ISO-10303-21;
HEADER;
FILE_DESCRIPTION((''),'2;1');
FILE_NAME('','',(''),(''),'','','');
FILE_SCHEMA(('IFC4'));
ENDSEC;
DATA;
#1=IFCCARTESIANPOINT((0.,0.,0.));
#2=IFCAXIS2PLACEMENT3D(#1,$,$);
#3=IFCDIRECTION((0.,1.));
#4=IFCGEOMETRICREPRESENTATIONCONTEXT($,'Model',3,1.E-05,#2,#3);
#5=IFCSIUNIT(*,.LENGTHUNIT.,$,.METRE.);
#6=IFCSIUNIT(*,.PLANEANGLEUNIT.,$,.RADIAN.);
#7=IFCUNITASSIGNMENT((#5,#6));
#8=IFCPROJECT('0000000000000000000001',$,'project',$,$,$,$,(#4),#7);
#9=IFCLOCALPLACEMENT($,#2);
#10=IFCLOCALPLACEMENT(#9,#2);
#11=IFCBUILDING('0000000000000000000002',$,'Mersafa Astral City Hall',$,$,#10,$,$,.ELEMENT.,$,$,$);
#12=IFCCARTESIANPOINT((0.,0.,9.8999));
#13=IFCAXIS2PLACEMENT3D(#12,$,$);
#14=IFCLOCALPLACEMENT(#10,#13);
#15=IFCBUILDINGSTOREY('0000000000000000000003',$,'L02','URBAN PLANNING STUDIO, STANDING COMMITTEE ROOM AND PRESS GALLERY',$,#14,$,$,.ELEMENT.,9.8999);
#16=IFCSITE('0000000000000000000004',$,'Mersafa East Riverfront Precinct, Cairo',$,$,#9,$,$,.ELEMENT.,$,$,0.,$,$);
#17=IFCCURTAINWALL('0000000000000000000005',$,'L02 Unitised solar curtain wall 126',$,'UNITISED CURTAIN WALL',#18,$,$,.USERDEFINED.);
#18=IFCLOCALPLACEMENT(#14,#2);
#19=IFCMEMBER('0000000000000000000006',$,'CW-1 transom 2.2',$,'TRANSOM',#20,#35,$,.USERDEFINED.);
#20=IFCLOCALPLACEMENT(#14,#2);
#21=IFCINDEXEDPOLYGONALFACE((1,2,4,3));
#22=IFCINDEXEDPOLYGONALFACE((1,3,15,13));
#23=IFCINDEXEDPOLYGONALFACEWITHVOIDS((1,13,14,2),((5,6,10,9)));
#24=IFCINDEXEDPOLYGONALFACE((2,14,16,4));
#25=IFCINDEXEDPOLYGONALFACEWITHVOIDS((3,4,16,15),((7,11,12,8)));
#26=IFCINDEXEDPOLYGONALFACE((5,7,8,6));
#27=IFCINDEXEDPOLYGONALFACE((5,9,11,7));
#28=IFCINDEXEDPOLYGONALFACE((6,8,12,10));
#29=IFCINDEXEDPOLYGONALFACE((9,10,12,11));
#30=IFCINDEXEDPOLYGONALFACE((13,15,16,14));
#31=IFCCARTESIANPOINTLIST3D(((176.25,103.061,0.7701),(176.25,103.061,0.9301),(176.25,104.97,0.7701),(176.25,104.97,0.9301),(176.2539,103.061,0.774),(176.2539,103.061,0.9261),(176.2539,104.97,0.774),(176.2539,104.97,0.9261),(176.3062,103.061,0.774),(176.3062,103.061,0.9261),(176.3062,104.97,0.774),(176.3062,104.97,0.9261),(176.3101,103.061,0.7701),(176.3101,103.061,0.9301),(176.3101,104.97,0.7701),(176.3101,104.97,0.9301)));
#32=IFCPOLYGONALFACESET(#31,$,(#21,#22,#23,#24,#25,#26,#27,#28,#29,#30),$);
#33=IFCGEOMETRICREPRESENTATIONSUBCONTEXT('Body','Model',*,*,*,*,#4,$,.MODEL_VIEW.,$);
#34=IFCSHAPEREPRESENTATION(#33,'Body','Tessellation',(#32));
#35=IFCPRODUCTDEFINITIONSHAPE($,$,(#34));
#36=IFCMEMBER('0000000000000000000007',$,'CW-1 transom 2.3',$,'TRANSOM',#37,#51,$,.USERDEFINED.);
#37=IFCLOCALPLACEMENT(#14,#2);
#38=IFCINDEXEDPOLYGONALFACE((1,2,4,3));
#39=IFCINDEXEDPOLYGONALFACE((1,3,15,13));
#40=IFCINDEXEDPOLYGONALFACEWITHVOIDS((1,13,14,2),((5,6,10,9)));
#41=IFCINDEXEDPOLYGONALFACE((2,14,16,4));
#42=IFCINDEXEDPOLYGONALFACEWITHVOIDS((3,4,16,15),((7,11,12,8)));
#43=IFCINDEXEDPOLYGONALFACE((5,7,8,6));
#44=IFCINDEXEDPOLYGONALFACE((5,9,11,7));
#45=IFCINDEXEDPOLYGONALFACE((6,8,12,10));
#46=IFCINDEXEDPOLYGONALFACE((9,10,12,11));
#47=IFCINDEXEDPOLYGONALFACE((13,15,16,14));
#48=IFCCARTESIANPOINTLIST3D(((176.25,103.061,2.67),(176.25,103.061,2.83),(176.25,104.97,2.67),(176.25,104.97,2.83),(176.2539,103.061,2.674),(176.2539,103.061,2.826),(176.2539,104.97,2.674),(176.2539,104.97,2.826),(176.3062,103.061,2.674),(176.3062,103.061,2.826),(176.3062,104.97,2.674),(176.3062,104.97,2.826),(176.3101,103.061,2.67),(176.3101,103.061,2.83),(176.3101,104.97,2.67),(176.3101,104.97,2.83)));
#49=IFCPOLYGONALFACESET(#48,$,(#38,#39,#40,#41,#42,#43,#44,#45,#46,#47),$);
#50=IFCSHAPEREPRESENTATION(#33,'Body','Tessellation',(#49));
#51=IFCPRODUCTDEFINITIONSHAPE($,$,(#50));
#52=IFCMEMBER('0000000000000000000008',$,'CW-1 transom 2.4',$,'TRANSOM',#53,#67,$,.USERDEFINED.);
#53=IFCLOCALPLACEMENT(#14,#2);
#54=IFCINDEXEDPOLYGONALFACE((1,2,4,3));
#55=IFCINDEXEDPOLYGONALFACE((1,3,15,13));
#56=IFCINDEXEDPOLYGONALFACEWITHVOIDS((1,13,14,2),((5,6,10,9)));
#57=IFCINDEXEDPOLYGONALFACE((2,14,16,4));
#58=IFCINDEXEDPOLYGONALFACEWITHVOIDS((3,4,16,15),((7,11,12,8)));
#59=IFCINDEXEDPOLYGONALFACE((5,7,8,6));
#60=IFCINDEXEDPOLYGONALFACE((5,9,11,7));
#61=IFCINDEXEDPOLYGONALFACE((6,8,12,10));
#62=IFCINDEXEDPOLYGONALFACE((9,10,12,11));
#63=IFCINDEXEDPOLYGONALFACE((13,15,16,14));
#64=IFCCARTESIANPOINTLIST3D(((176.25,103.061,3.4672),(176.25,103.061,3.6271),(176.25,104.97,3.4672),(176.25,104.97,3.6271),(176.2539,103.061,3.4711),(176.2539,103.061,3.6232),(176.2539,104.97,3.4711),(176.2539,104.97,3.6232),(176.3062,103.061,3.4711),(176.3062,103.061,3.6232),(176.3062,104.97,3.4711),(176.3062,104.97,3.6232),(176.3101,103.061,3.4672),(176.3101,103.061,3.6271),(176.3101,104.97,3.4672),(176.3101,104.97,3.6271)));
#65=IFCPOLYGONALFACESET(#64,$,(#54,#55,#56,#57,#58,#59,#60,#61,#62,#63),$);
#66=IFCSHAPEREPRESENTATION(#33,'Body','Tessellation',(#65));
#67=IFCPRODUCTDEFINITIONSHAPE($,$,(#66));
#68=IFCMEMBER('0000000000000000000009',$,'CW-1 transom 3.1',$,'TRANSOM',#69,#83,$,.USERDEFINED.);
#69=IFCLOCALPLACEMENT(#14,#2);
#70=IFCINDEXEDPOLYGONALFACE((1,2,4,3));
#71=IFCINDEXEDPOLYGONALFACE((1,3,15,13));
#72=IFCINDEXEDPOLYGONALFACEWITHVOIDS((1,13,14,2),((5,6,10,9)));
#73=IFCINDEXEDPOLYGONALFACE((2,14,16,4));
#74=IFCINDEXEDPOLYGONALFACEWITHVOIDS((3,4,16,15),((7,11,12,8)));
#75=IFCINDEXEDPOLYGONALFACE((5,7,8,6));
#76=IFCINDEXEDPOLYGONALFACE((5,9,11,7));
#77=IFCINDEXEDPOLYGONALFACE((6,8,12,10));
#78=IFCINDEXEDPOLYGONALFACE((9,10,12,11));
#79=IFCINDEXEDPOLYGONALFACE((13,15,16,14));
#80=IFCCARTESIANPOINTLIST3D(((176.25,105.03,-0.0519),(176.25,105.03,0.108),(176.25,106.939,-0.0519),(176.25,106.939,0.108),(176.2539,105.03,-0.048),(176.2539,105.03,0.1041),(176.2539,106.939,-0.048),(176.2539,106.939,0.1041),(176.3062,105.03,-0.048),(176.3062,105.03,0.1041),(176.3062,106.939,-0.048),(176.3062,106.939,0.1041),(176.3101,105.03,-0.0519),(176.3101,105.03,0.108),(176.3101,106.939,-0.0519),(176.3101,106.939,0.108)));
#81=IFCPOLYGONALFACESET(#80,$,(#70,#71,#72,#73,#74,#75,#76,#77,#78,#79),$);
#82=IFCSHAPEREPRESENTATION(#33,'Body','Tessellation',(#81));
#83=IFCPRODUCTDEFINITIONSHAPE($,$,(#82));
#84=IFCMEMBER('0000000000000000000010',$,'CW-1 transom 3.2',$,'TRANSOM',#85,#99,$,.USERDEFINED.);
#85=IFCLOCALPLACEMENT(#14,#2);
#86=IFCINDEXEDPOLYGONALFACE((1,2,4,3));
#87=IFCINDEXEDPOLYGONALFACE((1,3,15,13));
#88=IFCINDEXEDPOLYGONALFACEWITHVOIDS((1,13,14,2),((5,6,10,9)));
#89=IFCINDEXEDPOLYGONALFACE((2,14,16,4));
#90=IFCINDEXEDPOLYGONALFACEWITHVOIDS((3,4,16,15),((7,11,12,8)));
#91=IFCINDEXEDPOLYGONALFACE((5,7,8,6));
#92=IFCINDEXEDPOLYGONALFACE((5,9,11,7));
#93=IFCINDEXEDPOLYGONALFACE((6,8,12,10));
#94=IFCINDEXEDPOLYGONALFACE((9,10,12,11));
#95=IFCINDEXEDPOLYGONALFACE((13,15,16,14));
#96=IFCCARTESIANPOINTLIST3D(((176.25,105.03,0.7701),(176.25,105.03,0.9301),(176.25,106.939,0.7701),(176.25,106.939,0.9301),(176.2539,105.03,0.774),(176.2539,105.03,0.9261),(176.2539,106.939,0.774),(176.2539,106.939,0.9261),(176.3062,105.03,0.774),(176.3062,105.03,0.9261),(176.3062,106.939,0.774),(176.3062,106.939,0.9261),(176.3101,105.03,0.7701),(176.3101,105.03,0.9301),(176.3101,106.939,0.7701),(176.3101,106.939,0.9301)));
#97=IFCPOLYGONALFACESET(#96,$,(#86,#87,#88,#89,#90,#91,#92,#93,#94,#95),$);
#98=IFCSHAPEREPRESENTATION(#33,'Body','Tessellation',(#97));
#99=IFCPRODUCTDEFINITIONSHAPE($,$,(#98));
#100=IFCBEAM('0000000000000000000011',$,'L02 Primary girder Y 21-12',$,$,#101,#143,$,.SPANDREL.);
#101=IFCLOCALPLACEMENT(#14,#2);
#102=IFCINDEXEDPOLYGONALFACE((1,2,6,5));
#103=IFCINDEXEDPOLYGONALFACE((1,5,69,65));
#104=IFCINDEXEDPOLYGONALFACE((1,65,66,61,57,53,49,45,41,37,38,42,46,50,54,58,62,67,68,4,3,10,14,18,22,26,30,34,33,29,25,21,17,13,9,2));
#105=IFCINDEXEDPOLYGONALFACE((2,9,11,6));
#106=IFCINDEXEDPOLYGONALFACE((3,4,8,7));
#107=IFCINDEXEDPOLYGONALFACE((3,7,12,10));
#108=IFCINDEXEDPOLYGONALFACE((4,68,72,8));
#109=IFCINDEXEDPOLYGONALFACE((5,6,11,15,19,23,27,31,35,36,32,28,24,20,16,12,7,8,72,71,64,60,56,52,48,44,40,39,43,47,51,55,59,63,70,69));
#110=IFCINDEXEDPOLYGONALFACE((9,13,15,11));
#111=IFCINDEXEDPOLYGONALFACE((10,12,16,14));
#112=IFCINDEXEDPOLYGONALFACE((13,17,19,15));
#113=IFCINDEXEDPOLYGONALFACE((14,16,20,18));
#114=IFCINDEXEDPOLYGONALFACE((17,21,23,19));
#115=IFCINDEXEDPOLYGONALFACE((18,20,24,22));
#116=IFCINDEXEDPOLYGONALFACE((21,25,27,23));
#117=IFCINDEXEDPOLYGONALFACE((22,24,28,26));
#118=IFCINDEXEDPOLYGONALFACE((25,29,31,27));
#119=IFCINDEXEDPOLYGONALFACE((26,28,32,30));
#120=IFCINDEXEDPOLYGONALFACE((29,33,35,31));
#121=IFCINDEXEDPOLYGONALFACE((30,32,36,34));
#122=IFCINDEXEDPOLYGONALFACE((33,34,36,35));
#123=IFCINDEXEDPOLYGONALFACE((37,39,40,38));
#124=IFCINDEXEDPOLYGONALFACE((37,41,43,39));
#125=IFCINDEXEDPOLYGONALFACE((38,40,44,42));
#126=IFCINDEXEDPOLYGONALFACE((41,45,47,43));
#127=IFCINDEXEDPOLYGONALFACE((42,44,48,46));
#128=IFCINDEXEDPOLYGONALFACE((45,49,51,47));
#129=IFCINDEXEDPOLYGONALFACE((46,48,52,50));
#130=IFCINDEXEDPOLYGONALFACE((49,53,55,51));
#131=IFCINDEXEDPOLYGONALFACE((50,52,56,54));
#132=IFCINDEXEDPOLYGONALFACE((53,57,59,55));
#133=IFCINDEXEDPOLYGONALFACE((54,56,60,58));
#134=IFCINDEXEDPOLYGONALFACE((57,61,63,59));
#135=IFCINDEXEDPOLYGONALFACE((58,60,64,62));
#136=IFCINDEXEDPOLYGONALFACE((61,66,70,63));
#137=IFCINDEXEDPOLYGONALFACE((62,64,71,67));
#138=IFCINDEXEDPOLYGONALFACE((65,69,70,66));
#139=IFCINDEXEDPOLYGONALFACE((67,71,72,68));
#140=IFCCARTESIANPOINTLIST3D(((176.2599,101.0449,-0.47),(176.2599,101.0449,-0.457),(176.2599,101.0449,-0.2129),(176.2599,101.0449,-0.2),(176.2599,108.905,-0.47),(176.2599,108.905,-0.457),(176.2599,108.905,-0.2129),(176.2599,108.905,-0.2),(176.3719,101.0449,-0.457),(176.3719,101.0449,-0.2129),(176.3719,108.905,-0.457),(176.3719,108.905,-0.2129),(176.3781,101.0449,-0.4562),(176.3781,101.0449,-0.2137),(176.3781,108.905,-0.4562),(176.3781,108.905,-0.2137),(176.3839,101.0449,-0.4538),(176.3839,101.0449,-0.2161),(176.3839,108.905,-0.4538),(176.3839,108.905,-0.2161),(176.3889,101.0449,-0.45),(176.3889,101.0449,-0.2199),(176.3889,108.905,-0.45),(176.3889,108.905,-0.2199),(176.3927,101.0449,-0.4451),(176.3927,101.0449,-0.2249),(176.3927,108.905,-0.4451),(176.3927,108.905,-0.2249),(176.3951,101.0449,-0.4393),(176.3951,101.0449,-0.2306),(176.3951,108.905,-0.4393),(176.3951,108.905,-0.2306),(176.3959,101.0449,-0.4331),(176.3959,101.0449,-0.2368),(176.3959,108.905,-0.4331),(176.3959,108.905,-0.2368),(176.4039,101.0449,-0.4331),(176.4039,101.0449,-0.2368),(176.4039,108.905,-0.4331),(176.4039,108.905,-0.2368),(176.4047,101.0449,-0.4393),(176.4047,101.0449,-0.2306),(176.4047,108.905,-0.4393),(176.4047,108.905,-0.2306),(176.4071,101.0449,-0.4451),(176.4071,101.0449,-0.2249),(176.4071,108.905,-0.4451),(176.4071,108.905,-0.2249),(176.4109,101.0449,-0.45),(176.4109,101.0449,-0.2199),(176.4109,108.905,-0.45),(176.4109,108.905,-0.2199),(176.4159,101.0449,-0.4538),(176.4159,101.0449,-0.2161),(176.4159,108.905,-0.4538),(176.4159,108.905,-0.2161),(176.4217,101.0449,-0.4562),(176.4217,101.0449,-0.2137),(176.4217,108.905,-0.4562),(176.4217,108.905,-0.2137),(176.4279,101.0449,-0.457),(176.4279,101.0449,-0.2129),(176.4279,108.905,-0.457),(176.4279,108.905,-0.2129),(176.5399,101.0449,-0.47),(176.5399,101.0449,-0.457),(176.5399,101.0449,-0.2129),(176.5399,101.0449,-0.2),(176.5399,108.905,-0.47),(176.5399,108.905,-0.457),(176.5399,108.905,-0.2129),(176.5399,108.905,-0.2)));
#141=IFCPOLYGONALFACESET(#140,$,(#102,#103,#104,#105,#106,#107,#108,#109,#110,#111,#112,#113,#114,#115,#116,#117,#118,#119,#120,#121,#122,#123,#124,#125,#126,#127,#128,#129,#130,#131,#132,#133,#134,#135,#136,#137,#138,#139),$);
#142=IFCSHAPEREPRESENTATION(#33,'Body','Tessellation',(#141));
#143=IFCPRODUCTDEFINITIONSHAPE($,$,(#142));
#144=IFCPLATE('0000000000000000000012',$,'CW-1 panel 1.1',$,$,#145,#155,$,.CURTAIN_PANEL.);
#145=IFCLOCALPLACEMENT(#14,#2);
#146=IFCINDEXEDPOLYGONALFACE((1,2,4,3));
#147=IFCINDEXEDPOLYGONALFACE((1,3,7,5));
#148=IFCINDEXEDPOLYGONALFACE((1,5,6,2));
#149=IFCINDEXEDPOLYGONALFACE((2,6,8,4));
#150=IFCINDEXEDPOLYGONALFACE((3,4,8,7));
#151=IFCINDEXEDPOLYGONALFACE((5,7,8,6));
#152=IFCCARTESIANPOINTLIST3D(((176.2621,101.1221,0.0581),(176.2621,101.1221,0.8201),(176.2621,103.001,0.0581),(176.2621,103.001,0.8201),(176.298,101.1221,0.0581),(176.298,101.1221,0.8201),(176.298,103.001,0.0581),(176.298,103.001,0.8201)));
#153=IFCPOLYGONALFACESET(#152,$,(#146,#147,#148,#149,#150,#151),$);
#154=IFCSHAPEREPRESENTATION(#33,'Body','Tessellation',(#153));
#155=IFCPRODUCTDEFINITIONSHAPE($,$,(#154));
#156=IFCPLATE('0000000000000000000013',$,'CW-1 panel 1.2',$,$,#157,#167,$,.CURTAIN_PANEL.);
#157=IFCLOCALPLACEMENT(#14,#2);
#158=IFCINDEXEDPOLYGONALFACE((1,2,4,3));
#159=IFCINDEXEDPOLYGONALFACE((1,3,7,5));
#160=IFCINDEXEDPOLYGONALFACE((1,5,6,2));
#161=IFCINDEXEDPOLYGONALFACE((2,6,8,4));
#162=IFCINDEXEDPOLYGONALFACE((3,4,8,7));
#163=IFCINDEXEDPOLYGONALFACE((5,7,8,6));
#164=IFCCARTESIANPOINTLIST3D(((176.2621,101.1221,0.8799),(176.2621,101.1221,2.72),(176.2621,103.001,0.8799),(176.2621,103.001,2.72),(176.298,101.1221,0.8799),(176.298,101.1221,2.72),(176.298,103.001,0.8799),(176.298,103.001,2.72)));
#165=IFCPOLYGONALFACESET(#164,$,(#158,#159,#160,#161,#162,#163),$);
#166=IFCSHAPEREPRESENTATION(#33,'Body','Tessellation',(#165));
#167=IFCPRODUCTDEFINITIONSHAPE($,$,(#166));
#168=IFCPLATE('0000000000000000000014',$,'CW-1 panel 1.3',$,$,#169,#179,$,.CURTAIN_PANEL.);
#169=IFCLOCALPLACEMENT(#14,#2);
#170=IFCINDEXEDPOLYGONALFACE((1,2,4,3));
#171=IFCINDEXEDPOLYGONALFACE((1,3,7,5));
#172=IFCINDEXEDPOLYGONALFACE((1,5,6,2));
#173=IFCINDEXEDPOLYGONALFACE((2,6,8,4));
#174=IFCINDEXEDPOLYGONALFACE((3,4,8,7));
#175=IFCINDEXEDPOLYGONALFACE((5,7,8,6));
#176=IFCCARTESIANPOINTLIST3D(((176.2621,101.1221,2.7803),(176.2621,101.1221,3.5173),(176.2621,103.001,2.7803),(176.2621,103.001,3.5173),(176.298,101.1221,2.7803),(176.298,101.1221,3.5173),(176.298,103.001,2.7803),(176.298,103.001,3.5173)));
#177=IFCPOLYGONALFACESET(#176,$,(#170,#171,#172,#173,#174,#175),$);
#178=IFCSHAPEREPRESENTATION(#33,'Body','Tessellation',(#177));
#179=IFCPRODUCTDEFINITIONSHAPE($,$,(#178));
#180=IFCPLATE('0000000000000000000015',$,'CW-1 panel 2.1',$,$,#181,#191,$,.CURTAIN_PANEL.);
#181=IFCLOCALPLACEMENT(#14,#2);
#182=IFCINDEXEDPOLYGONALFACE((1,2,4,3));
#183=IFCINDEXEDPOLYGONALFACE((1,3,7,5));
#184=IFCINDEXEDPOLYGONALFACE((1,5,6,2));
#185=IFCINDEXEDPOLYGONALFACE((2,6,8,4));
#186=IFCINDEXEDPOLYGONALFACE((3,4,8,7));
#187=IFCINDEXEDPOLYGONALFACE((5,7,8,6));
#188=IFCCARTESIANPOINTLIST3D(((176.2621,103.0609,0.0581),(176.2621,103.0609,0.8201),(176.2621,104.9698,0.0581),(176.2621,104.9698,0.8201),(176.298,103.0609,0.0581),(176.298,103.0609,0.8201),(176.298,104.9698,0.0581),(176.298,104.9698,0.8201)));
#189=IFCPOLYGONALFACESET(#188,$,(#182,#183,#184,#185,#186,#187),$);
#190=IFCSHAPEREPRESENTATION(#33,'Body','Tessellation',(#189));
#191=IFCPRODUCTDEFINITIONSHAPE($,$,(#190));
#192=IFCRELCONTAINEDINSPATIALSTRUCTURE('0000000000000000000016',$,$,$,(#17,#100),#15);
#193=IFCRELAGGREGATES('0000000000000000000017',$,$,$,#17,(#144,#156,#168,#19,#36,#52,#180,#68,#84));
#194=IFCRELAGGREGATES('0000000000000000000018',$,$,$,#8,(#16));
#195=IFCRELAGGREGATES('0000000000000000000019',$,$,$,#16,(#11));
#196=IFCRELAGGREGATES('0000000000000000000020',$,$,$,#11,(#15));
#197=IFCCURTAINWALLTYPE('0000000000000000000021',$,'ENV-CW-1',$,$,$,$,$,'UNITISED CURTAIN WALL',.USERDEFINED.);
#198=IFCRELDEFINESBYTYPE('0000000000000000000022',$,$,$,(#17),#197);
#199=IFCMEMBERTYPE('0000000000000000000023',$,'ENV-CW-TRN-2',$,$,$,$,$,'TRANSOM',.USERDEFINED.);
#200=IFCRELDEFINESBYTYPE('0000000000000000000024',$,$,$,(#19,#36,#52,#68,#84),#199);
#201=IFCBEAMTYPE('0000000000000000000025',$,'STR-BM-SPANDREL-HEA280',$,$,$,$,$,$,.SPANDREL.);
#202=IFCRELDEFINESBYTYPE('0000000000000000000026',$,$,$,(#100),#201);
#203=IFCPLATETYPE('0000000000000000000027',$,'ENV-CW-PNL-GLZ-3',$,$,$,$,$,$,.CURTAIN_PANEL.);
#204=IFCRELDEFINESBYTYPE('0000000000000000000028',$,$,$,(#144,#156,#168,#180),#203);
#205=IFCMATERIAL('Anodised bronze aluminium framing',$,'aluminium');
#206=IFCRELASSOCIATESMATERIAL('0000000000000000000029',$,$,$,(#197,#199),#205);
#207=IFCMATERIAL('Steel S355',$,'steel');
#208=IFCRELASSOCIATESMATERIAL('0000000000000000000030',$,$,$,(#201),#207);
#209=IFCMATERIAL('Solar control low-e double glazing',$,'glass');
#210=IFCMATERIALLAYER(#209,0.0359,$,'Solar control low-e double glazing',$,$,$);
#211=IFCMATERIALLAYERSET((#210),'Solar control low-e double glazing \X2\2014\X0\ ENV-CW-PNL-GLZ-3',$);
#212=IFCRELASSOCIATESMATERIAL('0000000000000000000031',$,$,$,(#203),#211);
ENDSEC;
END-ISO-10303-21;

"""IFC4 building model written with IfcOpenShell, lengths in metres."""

from ifc_helpers import new_model, si_unit, direction, frame, origin, origin_2d, place, context, subcontext, project, spatial, rectangle, hollow_rectangle, i_section, extrude, material, layer, layer_set, material_profile, profile_set, type_object, element, aggregate, save


model = new_model("IFC4")

# Units and contexts
model_context = context("Model", 3, precision=1e-05, world=origin(), true_north=direction((0.0, 1.0)))
body_context = subcontext(model_context, "Body", "Model", "MODEL_VIEW")
ifc_project = project(units=[si_unit("LENGTHUNIT", "METRE"), si_unit("PLANEANGLEUNIT", "RADIAN")], contexts=[model_context])

# Site, building, storey
site_placement = place(None, origin())
site = spatial("IfcSite", under=ifc_project, at=site_placement, Name="Mersafa East Riverfront Precinct, Cairo", CompositionType="ELEMENT", RefElevation=0.0)
building_placement = place(site_placement, origin())
building = spatial("IfcBuilding", under=site, at=building_placement, Name="Mersafa Astral City Hall", CompositionType="ELEMENT")
storey_placement = place(building_placement, frame((0.0, 0.0, 9.8999)))
storey = spatial("IfcBuildingStorey", under=building, at=storey_placement, Name="L02", Description="URBAN PLANNING STUDIO, STANDING COMMITTEE ROOM AND PRESS GALLERY", CompositionType="ELEMENT", Elevation=9.8999)

# Shared definitions
ifc_material_1 = material(Name="Steel S355", Category="steel")

# Curtain wall, members
ifc_material_2 = material(Name="Anodised bronze aluminium framing", Category="aluminium")
curtain_wall_type = type_object("IfcCurtainWallType", Name="ENV-CW-1", ElementType="UNITISED CURTAIN WALL", PredefinedType="USERDEFINED", material=ifc_material_2)
curtain_wall_placement = place(storey_placement, origin())
curtain_wall = element("IfcCurtainWall", 1, at=curtain_wall_placement, inside=storey, type_object=curtain_wall_type, Name="L02 Unitised solar curtain wall 126", ObjectType="UNITISED CURTAIN WALL", PredefinedType="USERDEFINED")
ifc_material_profile_1 = material_profile(ifc_material_2, hollow_rectangle(XDim=0.0601, YDim=0.1599, WallThickness=0.0039, at=origin_2d()), Name="RHS 60x160x4")
ifc_profile_set_1 = profile_set([ifc_material_profile_1], Name="Anodised bronze aluminium framing")
member_type_1 = type_object("IfcMemberType", Name="ENV-CW-TRN-2", ElementType="TRANSOM", PredefinedType="USERDEFINED", material=ifc_profile_set_1)
member_1_placement = place(storey_placement, frame((176.28, 103.061, 0.8501), z_axis=(0.0, 1.0, 0.0), x_axis=(-1.0, 0.0, 0.0)))
member_1 = element("IfcMember", 2, at=member_1_placement, type_object=member_type_1, Name="CW-1 transom 2.2", ObjectType="TRANSOM", PredefinedType="USERDEFINED", context=body_context, shape_type="SweptSolid", body=[
    extrude(hollow_rectangle(XDim=0.0601, YDim=0.1599, WallThickness=0.0039, at=origin_2d()), origin(), (0.0, 0.0, 1.0), 1.9089),
])
member_2_placement = place(storey_placement, frame((176.28, 103.061, 2.75), z_axis=(0.0, 1.0, 0.0), x_axis=(-1.0, 0.0, 0.0)))
member_2 = element("IfcMember", 3, at=member_2_placement, type_object=member_type_1, Name="CW-1 transom 2.3", ObjectType="TRANSOM", PredefinedType="USERDEFINED", context=body_context, shape_type="SweptSolid", body=[
    extrude(hollow_rectangle(XDim=0.0601, YDim=0.1599, WallThickness=0.0039, at=origin_2d()), origin(), (0.0, 0.0, 1.0), 1.9089),
])
member_3_placement = place(storey_placement, frame((176.28, 103.061, 3.5471), z_axis=(0.0, 1.0, 0.0), x_axis=(-1.0, 0.0, 0.0)))
member_3 = element("IfcMember", 4, at=member_3_placement, type_object=member_type_1, Name="CW-1 transom 2.4", ObjectType="TRANSOM", PredefinedType="USERDEFINED", context=body_context, shape_type="SweptSolid", body=[
    extrude(hollow_rectangle(XDim=0.0601, YDim=0.1599, WallThickness=0.0039, at=origin_2d()), origin(), (0.0, 0.0, 1.0), 1.9089),
])
member_4_placement = place(storey_placement, frame((176.28, 105.03, 0.0281), z_axis=(0.0, 1.0, 0.0), x_axis=(-1.0, 0.0, 0.0)))
member_4 = element("IfcMember", 5, at=member_4_placement, type_object=member_type_1, Name="CW-1 transom 3.1", ObjectType="TRANSOM", PredefinedType="USERDEFINED", context=body_context, shape_type="SweptSolid", body=[
    extrude(hollow_rectangle(XDim=0.0601, YDim=0.1599, WallThickness=0.0039, at=origin_2d()), origin(), (0.0, 0.0, 1.0), 1.9089),
])
member_5_placement = place(storey_placement, frame((176.28, 105.03, 0.8501), z_axis=(0.0, 1.0, 0.0), x_axis=(-1.0, 0.0, 0.0)))
member_5 = element("IfcMember", 6, at=member_5_placement, type_object=member_type_1, Name="CW-1 transom 3.2", ObjectType="TRANSOM", PredefinedType="USERDEFINED", context=body_context, shape_type="SweptSolid", body=[
    extrude(hollow_rectangle(XDim=0.0601, YDim=0.1599, WallThickness=0.0039, at=origin_2d()), origin(), (0.0, 0.0, 1.0), 1.9089),
])

# Beam
ifc_material_profile_2 = material_profile(ifc_material_1, i_section(OverallWidth=0.28, OverallDepth=0.27, WebThickness=0.0081, FlangeThickness=0.0129, FilletRadius=0.0239, at=origin_2d()), Name="HEA 280")
ifc_profile_set_2 = profile_set([ifc_material_profile_2], Name="Steel S355")
beam_type = type_object("IfcBeamType", Name="STR-BM-SPANDREL-HEA280", PredefinedType="SPANDREL", material=ifc_profile_set_2)
beam_placement = place(storey_placement, frame((176.3999, 101.0449, -0.335), z_axis=(0.0, 1.0, 0.0), x_axis=(-1.0, 0.0, 0.0)))
element("IfcBeam", 7, at=beam_placement, inside=storey, type_object=beam_type, Name="L02 Primary girder Y 21-12", PredefinedType="SPANDREL", context=body_context, shape_type="SweptSolid", body=[
    extrude(i_section(OverallWidth=0.28, OverallDepth=0.27, WebThickness=0.0081, FlangeThickness=0.0129, FilletRadius=0.0239, at=origin_2d()), origin(), (0.0, 0.0, 1.0), 7.8601),
])

# Plates
ifc_material_3 = material(Name="Solar control low-e double glazing", Category="glass")
ifc_layer = layer(ifc_material_3, 0.0359, Name="Solar control low-e double glazing")
ifc_layer_set = layer_set([ifc_layer], Name="Solar control low-e double glazing — ENV-CW-PNL-GLZ-3")
plate_type = type_object("IfcPlateType", Name="ENV-CW-PNL-GLZ-3", PredefinedType="CURTAIN_PANEL", material=ifc_layer_set)
plate_1_placement = place(storey_placement, frame((176.28, 102.0615, 0.0581), z_axis=(0.0, 0.0, 1.0), x_axis=(0.0, 1.0, 0.0)))
plate_1 = element("IfcPlate", 8, at=plate_1_placement, type_object=plate_type, Name="CW-1 panel 1.1", PredefinedType="CURTAIN_PANEL", context=body_context, shape_type="SweptSolid", body=[
    extrude(rectangle(XDim=1.8789, YDim=0.0359, at=origin_2d()), origin(), (0.0, 0.0, 1.0), 0.762),
])
plate_2_placement = place(storey_placement, frame((176.28, 102.0615, 0.8799), z_axis=(0.0, 0.0, 1.0), x_axis=(0.0, 1.0, 0.0)))
plate_2 = element("IfcPlate", 9, at=plate_2_placement, type_object=plate_type, Name="CW-1 panel 1.2", PredefinedType="CURTAIN_PANEL", context=body_context, shape_type="SweptSolid", body=[
    extrude(rectangle(XDim=1.8789, YDim=0.0359, at=origin_2d()), origin(), (0.0, 0.0, 1.0), 1.8401),
])
plate_3_placement = place(storey_placement, frame((176.28, 102.0615, 2.7803), z_axis=(0.0, 0.0, 1.0), x_axis=(0.0, 1.0, 0.0)))
plate_3 = element("IfcPlate", 10, at=plate_3_placement, type_object=plate_type, Name="CW-1 panel 1.3", PredefinedType="CURTAIN_PANEL", context=body_context, shape_type="SweptSolid", body=[
    extrude(rectangle(XDim=1.8789, YDim=0.0359, at=origin_2d()), origin(), (0.0, 0.0, 1.0), 0.7371),
])
plate_4_placement = place(storey_placement, frame((176.28, 104.0154, 0.0581), z_axis=(0.0, 0.0, 1.0), x_axis=(0.0, 1.0, 0.0)))
plate_4 = element("IfcPlate", 11, at=plate_4_placement, type_object=plate_type, Name="CW-1 panel 2.1", PredefinedType="CURTAIN_PANEL", context=body_context, shape_type="SweptSolid", body=[
    extrude(rectangle(XDim=1.9089, YDim=0.0359, at=origin_2d()), origin(), (0.0, 0.0, 1.0), 0.762),
])
aggregate(curtain_wall, [plate_1, plate_2, plate_3, member_1, member_2, member_3, plate_4, member_4, member_5])

save(model, "model.ifc")
